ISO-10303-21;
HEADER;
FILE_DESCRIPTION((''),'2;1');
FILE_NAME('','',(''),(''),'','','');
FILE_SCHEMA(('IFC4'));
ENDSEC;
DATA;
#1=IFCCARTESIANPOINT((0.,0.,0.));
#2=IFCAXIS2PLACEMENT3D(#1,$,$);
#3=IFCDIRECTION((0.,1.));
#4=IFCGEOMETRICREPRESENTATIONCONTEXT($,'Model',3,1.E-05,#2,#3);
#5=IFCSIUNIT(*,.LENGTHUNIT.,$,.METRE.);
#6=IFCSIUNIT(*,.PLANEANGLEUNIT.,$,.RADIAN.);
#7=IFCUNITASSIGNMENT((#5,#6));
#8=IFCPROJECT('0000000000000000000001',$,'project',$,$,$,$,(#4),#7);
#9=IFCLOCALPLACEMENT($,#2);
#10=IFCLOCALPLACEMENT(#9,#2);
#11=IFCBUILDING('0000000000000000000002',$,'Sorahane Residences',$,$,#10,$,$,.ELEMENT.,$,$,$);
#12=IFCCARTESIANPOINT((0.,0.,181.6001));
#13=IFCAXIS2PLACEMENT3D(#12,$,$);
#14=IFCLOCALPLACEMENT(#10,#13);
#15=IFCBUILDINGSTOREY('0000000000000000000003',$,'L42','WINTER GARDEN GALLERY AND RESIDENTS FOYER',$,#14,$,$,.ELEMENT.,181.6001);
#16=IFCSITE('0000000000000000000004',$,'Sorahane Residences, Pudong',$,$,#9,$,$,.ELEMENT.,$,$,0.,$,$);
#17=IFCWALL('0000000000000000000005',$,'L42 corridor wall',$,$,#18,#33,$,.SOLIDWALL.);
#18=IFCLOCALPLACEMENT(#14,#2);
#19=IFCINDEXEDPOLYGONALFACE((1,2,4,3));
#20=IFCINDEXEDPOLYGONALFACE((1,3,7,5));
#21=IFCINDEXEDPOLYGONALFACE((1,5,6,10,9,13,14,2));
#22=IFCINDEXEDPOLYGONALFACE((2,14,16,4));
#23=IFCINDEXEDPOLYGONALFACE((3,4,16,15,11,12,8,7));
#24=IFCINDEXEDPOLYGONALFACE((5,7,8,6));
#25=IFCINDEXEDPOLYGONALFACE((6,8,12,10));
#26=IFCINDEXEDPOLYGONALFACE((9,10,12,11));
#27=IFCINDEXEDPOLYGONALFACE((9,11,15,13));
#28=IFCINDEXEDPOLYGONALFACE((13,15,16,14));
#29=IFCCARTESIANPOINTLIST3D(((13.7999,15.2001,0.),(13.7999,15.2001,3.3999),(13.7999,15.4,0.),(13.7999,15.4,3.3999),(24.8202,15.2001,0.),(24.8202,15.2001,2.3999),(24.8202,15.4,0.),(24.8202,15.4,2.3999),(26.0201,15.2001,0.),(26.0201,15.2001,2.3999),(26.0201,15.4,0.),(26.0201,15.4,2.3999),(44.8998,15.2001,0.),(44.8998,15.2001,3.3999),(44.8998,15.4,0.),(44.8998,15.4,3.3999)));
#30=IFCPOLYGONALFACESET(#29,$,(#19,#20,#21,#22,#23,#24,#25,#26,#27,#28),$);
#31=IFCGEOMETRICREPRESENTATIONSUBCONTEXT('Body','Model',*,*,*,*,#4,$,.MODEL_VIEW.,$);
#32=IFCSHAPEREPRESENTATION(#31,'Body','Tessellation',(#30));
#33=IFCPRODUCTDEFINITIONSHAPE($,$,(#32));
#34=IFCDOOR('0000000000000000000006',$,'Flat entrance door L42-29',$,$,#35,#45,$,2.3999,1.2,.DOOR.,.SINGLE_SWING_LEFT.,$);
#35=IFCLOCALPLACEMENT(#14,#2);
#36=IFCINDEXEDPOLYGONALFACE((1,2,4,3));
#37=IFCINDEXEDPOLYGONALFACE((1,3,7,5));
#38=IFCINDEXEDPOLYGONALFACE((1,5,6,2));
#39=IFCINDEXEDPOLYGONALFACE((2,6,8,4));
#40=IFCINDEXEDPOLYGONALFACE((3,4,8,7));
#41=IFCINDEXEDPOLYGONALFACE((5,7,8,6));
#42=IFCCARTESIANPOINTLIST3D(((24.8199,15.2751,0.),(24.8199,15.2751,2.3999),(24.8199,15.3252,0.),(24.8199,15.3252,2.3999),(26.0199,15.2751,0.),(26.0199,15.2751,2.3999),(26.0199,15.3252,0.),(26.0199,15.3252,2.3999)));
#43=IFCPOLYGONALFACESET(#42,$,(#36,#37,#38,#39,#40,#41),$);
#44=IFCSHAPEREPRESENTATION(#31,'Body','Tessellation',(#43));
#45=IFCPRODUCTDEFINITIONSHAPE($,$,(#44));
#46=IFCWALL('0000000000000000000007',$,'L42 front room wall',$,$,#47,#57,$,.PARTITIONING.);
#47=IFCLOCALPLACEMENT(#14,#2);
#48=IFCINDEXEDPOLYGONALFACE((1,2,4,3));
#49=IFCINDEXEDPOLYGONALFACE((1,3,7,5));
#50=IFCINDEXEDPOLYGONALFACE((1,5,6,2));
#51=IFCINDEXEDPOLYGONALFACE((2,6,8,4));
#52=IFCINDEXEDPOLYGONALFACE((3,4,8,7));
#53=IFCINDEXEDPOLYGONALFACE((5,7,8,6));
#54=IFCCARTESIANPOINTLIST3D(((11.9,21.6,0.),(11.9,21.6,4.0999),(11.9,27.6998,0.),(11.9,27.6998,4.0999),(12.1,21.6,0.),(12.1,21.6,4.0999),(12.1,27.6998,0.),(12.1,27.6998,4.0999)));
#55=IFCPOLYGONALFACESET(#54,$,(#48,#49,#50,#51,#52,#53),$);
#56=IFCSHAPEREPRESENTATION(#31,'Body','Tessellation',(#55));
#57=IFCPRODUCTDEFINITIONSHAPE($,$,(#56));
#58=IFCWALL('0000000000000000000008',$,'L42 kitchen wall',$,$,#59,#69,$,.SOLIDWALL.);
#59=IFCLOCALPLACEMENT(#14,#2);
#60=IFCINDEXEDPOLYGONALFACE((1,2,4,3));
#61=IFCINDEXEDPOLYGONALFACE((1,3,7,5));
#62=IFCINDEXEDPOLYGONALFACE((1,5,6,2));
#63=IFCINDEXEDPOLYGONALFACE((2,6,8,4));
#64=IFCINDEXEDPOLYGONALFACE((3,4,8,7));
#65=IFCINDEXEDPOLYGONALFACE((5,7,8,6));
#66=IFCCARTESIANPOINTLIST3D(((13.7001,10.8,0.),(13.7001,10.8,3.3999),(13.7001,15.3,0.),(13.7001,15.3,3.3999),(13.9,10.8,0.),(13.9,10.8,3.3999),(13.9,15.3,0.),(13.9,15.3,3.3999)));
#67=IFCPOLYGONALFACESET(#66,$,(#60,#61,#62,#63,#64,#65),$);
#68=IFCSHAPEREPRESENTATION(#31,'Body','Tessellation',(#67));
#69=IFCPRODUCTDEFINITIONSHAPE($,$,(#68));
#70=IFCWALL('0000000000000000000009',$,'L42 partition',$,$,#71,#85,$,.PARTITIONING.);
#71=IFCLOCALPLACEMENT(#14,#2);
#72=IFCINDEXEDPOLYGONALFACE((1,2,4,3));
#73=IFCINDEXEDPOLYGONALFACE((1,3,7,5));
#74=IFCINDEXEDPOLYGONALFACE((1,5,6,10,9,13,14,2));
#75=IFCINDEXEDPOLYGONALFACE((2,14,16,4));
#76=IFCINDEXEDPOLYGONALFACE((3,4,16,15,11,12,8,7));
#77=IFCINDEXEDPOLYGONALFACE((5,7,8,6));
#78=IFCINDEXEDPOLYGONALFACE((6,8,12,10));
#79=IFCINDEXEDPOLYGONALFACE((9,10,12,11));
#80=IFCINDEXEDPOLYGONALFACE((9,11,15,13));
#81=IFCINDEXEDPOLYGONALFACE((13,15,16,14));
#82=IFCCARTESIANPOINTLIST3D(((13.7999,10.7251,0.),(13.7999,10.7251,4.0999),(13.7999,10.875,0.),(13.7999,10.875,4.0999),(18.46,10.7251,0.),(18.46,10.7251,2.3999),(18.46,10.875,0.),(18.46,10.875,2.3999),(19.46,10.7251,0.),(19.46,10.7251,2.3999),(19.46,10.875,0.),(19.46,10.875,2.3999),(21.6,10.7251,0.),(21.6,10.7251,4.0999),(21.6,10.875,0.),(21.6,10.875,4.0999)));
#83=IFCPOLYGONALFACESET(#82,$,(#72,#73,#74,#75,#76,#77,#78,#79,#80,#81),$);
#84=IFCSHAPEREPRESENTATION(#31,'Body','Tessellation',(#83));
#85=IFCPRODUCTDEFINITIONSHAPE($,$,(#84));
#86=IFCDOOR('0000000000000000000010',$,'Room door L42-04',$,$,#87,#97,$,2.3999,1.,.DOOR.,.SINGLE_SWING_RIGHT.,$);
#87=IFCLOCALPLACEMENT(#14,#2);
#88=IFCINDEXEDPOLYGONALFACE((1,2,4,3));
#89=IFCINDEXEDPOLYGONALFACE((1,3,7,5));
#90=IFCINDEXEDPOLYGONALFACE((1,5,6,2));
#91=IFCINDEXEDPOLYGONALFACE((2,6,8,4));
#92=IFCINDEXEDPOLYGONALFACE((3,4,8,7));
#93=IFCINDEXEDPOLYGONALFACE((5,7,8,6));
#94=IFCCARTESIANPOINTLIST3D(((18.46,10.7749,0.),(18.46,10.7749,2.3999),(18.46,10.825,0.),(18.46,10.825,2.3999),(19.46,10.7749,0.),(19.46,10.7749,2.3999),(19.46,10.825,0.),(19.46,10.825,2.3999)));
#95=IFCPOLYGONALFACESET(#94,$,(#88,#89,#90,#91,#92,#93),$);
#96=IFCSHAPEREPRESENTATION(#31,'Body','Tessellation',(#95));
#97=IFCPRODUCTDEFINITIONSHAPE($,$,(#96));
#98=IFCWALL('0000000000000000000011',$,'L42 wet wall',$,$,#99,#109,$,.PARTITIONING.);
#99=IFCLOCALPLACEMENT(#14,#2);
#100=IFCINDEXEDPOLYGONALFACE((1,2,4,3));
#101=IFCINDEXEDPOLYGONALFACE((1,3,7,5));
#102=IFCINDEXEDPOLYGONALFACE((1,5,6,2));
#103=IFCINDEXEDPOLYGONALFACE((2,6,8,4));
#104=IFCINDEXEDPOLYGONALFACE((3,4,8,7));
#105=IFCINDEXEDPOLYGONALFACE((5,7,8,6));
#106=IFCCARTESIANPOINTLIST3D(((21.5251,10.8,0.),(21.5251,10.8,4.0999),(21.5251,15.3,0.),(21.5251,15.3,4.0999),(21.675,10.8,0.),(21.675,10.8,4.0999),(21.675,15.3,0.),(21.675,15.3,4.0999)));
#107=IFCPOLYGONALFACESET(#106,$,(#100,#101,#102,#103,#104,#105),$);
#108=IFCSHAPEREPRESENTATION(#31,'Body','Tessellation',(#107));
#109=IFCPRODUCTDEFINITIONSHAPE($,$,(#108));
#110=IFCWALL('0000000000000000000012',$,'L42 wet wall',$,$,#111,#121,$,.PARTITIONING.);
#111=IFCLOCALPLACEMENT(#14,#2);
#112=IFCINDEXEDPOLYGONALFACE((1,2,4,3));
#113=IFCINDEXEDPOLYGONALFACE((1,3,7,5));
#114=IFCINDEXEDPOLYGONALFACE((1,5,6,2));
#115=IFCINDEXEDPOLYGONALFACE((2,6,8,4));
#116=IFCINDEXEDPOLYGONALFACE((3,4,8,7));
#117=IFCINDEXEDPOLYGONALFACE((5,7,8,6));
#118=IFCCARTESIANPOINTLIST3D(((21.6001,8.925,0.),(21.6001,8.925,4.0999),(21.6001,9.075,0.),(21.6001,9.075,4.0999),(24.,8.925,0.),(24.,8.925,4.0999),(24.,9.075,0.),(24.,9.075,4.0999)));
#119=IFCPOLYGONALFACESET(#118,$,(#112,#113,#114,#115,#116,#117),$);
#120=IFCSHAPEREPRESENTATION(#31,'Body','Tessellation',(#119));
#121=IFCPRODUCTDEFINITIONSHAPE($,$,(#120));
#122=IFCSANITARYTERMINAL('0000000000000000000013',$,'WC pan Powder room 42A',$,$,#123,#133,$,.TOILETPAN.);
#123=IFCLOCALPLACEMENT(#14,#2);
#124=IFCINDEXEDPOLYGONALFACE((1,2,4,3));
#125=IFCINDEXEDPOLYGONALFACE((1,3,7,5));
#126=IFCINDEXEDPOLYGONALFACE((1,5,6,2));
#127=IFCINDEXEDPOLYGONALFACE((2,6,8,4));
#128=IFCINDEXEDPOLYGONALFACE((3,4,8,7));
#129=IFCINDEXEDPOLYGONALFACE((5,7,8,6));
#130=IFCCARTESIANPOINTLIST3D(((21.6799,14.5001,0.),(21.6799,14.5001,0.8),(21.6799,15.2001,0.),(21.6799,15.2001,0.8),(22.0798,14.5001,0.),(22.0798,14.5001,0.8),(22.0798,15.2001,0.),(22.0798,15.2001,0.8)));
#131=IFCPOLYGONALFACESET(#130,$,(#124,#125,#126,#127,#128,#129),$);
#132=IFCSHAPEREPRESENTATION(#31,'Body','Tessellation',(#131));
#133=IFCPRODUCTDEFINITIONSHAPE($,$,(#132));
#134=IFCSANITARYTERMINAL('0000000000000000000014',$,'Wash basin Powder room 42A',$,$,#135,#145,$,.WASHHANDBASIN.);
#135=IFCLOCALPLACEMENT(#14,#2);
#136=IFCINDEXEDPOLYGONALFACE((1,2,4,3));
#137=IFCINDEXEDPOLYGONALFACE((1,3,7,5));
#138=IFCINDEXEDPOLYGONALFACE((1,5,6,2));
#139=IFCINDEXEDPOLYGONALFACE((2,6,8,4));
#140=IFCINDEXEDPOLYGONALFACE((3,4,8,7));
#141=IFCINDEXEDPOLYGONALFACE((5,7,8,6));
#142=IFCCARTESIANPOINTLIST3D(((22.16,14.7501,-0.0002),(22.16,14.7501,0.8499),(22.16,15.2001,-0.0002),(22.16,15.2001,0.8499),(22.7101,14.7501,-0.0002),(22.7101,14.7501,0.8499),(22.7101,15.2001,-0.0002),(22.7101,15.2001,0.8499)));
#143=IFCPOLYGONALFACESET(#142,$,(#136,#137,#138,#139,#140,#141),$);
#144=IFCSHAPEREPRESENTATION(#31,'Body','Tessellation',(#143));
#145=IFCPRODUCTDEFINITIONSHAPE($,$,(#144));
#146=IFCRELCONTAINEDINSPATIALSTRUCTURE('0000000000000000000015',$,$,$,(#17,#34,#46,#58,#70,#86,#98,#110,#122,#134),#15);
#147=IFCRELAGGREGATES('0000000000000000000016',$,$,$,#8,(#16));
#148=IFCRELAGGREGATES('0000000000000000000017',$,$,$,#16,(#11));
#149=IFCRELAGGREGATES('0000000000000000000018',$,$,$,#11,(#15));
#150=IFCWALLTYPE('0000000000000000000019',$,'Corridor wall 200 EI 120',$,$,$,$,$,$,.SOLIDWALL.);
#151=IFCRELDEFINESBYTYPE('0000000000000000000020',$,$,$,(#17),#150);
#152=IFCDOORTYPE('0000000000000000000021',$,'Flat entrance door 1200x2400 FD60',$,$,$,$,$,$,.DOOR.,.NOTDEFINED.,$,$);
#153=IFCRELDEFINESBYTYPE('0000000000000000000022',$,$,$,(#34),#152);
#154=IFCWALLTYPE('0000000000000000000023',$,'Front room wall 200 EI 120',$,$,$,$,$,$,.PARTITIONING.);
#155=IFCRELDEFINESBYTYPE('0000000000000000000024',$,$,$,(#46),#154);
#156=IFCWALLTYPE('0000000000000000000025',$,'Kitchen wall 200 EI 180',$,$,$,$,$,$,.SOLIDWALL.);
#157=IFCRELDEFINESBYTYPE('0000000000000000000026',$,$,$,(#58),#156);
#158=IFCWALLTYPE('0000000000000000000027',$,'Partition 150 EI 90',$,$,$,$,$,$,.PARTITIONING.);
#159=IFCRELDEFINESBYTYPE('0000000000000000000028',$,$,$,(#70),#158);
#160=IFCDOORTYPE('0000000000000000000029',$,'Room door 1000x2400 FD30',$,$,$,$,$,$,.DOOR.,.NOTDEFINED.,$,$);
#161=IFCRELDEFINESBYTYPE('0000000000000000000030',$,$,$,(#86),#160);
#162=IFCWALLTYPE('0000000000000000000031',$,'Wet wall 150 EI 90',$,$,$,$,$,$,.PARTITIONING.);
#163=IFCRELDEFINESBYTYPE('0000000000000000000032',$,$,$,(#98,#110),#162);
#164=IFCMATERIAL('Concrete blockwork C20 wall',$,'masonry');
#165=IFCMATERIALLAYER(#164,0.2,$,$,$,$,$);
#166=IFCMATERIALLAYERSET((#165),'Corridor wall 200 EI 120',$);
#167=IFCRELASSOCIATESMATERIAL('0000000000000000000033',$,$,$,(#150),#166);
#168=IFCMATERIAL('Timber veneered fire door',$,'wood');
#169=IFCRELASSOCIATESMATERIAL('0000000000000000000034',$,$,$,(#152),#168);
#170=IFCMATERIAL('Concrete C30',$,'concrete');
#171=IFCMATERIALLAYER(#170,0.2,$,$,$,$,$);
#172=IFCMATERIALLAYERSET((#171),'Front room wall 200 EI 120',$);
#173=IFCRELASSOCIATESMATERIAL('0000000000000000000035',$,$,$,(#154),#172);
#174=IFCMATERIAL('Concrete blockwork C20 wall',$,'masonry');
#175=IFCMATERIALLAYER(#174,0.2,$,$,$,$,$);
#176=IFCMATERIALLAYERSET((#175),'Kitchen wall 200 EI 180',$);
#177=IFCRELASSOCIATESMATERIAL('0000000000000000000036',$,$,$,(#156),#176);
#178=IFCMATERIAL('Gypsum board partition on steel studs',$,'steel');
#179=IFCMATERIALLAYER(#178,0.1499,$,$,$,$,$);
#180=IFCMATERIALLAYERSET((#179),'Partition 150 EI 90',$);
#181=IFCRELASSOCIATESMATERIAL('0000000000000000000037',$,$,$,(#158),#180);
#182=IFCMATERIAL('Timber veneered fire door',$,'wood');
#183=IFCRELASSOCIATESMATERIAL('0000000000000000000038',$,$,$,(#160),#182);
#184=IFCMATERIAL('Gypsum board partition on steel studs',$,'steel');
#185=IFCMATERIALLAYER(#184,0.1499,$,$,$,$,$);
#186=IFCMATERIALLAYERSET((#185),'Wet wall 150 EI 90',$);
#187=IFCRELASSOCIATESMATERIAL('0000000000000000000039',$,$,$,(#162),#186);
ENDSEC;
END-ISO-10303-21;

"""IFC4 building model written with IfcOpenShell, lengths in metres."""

from ifc_helpers import new_model, si_unit, direction, frame, frame_2d, origin, origin_2d, place, context, subcontext, project, spatial, rectangle, extrude, material, layer, layer_set, type_object, element, fill, save


model = new_model("IFC4")

# Units and contexts
model_context = context("Model", 3, precision=1e-05, world=origin(), true_north=direction((0.0, 1.0)))
body_context = subcontext(model_context, "Body", "Model", "MODEL_VIEW")
ifc_project = project(units=[si_unit("LENGTHUNIT", "METRE"), si_unit("PLANEANGLEUNIT", "RADIAN")], contexts=[model_context])

# Site, building, storey
site_placement = place(None, origin())
site = spatial("IfcSite", under=ifc_project, at=site_placement, Name="Sorahane Residences, Pudong", CompositionType="ELEMENT", RefElevation=0.0)
building_placement = place(site_placement, origin())
building = spatial("IfcBuilding", under=site, at=building_placement, Name="Sorahane Residences", CompositionType="ELEMENT")
storey_placement = place(building_placement, frame((0.0, 0.0, 181.6001)))
storey = spatial("IfcBuildingStorey", under=building, at=storey_placement, Name="L42", Description="WINTER GARDEN GALLERY AND RESIDENTS FOYER", CompositionType="ELEMENT", Elevation=181.6001)

# Wall, opening, door
ifc_material_1 = material(Name="Concrete blockwork C20 wall", Category="masonry")
ifc_layer_1 = layer(ifc_material_1, 0.2)
ifc_layer_set_1 = layer_set([ifc_layer_1], Name="Corridor wall 200 EI 120")
wall_type_1 = type_object("IfcWallType", Name="Corridor wall 200 EI 120", PredefinedType="SOLIDWALL", material=ifc_layer_set_1)
wall_1_placement = place(storey_placement, frame((13.8, 15.3, 0.0), z_axis=(0.0, 0.0, 1.0), x_axis=(1.0, 0.0, 0.0)))
wall_1 = element("IfcWall", 1, at=wall_1_placement, inside=storey, type_object=wall_type_1, Name="L42 corridor wall", PredefinedType="SOLIDWALL", context=body_context, shape_type="SweptSolid", body=[
    extrude(rectangle(XDim=31.0999, YDim=0.2, at=frame_2d((15.5498, 0.0))), origin(), (0.0, 0.0, 1.0), 3.3999),
])
opening_1_placement = place(wall_1_placement, frame((11.02, 0.0, 0.0)))
opening_1 = element("IfcOpeningElement", 2, at=opening_1_placement, cuts=wall_1, PredefinedType="OPENING", context=body_context, shape_type="SweptSolid", body=[
    extrude(rectangle(XDim=1.2, YDim=2.3999, at=frame_2d((0.6001, 1.2))), frame((0.0, 0.1099, 0.0), z_axis=(0.0, -1.0, 0.0), x_axis=(1.0, 0.0, 0.0)), (0.0, 0.0, 1.0), 0.22),
])
ifc_material_2 = material(Name="Timber veneered fire door", Category="wood")
door_type_1 = type_object("IfcDoorType", Name="Flat entrance door 1200x2400 FD60", OperationType="NOTDEFINED", PredefinedType="DOOR", material=ifc_material_2)
door_1_placement = place(opening_1_placement, frame((1.2, 0.0, 0.0), z_axis=(0.0, 0.0, 1.0), x_axis=(-1.0, 0.0, 0.0)))
door_1 = element("IfcDoor", 3, at=door_1_placement, inside=storey, type_object=door_type_1, Name="Flat entrance door L42-29", OperationType="SINGLE_SWING_LEFT", OverallHeight=2.3999, OverallWidth=1.2, PredefinedType="DOOR", context=body_context, shape_type="SweptSolid", body=[
    extrude(rectangle(XDim=1.2, YDim=2.3999, at=frame_2d((0.6001, 1.2))), frame((0.0, 0.0249, 0.0), z_axis=(0.0, -1.0, 0.0), x_axis=(1.0, 0.0, 0.0)), (0.0, 0.0, 1.0), 0.05),
])
fill(opening_1, door_1)

# Walls
ifc_material_3 = material(Name="Concrete C30", Category="concrete")
ifc_layer_2 = layer(ifc_material_3, 0.2)
ifc_layer_set_2 = layer_set([ifc_layer_2], Name="Front room wall 200 EI 120")
wall_type_2 = type_object("IfcWallType", Name="Front room wall 200 EI 120", PredefinedType="PARTITIONING", material=ifc_layer_set_2)
wall_2_placement = place(storey_placement, frame((12.0, 21.6001, 0.0), z_axis=(0.0, 0.0, 1.0), x_axis=(0.0, 1.0, 0.0)))
element("IfcWall", 4, at=wall_2_placement, inside=storey, type_object=wall_type_2, Name="L42 front room wall", PredefinedType="PARTITIONING", context=body_context, shape_type="SweptSolid", body=[
    extrude(rectangle(XDim=6.0999, YDim=0.2, at=frame_2d((3.0498, 0.0))), origin(), (0.0, 0.0, 1.0), 4.0999),
])
ifc_material_4 = material(Name="Concrete blockwork C20 wall", Category="masonry")
ifc_layer_3 = layer(ifc_material_4, 0.2)
ifc_layer_set_3 = layer_set([ifc_layer_3], Name="Kitchen wall 200 EI 180")
wall_type_3 = type_object("IfcWallType", Name="Kitchen wall 200 EI 180", PredefinedType="SOLIDWALL", material=ifc_layer_set_3)
wall_3_placement = place(storey_placement, frame((13.8, 10.8, 0.0), z_axis=(0.0, 0.0, 1.0), x_axis=(0.0, 1.0, 0.0)))
element("IfcWall", 5, at=wall_3_placement, inside=storey, type_object=wall_type_3, Name="L42 kitchen wall", PredefinedType="SOLIDWALL", context=body_context, shape_type="SweptSolid", body=[
    extrude(rectangle(XDim=4.5, YDim=0.2, at=frame_2d((2.25, 0.0))), origin(), (0.0, 0.0, 1.0), 3.3999),
])

# Wall, opening, door
ifc_material_5 = material(Name="Gypsum board partition on steel studs", Category="steel")
ifc_layer_4 = layer(ifc_material_5, 0.1499)
ifc_layer_set_4 = layer_set([ifc_layer_4], Name="Partition 150 EI 90")
wall_type_4 = type_object("IfcWallType", Name="Partition 150 EI 90", PredefinedType="PARTITIONING", material=ifc_layer_set_4)
wall_4_placement = place(storey_placement, frame((13.8, 10.8, 0.0), z_axis=(0.0, 0.0, 1.0), x_axis=(1.0, 0.0, 0.0)))
wall_4 = element("IfcWall", 6, at=wall_4_placement, inside=storey, type_object=wall_type_4, Name="L42 partition", PredefinedType="PARTITIONING", context=body_context, shape_type="SweptSolid", body=[
    extrude(rectangle(XDim=7.8, YDim=0.1499, at=frame_2d((3.8999, 0.0))), origin(), (0.0, 0.0, 1.0), 4.0999),
])
opening_2_placement = place(wall_4_placement, frame((4.6599, 0.0, 0.0)))
opening_2 = element("IfcOpeningElement", 7, at=opening_2_placement, cuts=wall_4, PredefinedType="OPENING", context=body_context, shape_type="SweptSolid", body=[
    extrude(rectangle(XDim=1.0, YDim=2.3999, at=frame_2d((0.5, 1.2))), frame((0.0, 0.085, 0.0), z_axis=(0.0, -1.0, 0.0), x_axis=(1.0, 0.0, 0.0)), (0.0, 0.0, 1.0), 0.1699),
])
ifc_material_6 = material(Name="Timber veneered fire door", Category="wood")
door_type_2 = type_object("IfcDoorType", Name="Room door 1000x2400 FD30", OperationType="NOTDEFINED", PredefinedType="DOOR", material=ifc_material_6)
door_2_placement = place(opening_2_placement, origin())
door_2 = element("IfcDoor", 8, at=door_2_placement, inside=storey, type_object=door_type_2, Name="Room door L42-04", OperationType="SINGLE_SWING_RIGHT", OverallHeight=2.3999, OverallWidth=1.0, PredefinedType="DOOR", context=body_context, shape_type="SweptSolid", body=[
    extrude(rectangle(XDim=1.0, YDim=2.3999, at=frame_2d((0.5, 1.2))), frame((0.0, 0.0249, 0.0), z_axis=(0.0, -1.0, 0.0), x_axis=(1.0, 0.0, 0.0)), (0.0, 0.0, 1.0), 0.05),
])
fill(opening_2, door_2)

# Wall
ifc_material_7 = material(Name="Gypsum board partition on steel studs", Category="steel")
ifc_layer_5 = layer(ifc_material_7, 0.1499)
ifc_layer_set_5 = layer_set([ifc_layer_5], Name="Wet wall 150 EI 90")
wall_type_5 = type_object("IfcWallType", Name="Wet wall 150 EI 90", PredefinedType="PARTITIONING", material=ifc_layer_set_5)
wall_5_placement = place(storey_placement, frame((21.6001, 10.8, 0.0), z_axis=(0.0, 0.0, 1.0), x_axis=(0.0, 1.0, 0.0)))
element("IfcWall", 9, at=wall_5_placement, inside=storey, type_object=wall_type_5, Name="L42 wet wall", PredefinedType="PARTITIONING", context=body_context, shape_type="SweptSolid", body=[
    extrude(rectangle(XDim=4.5, YDim=0.1499, at=frame_2d((2.25, 0.0))), origin(), (0.0, 0.0, 1.0), 4.0999),
])

# Wall
wall_6_placement = place(storey_placement, frame((21.6001, 9.0, 0.0), z_axis=(0.0, 0.0, 1.0), x_axis=(1.0, 0.0, 0.0)))
element("IfcWall", 10, at=wall_6_placement, inside=storey, type_object=wall_type_5, Name="L42 wet wall", PredefinedType="PARTITIONING", context=body_context, shape_type="SweptSolid", body=[
    extrude(rectangle(XDim=2.3999, YDim=0.1499, at=frame_2d((1.2, 0.0))), origin(), (0.0, 0.0, 1.0), 4.0999),
])

# Sanitary terminals
sanitary_terminal_1_placement = place(storey_placement, frame((21.8799, 14.8501, 0.0), z_axis=(0.0, 0.0, 1.0), x_axis=(1.0, 0.0, 0.0)))
element("IfcSanitaryTerminal", 11, at=sanitary_terminal_1_placement, inside=storey, Name="WC pan Powder room 42A", PredefinedType="TOILETPAN", context=body_context, shape_type="SweptSolid", body=[
    extrude(rectangle(XDim=0.3999, YDim=0.7, at=origin_2d()), origin(), (0.0, 0.0, 1.0), 0.8),
])
sanitary_terminal_2_placement = place(storey_placement, frame((22.4351, 14.9751, -0.0002), z_axis=(0.0, 0.0, 1.0), x_axis=(1.0, 0.0, 0.0)))
element("IfcSanitaryTerminal", 12, at=sanitary_terminal_2_placement, inside=storey, Name="Wash basin Powder room 42A", PredefinedType="WASHHANDBASIN", context=body_context, shape_type="SweptSolid", body=[
    extrude(rectangle(XDim=0.55, YDim=0.45, at=origin_2d()), origin(), (0.0, 0.0, 1.0), 0.8501),
])

save(model, "model.ifc")
